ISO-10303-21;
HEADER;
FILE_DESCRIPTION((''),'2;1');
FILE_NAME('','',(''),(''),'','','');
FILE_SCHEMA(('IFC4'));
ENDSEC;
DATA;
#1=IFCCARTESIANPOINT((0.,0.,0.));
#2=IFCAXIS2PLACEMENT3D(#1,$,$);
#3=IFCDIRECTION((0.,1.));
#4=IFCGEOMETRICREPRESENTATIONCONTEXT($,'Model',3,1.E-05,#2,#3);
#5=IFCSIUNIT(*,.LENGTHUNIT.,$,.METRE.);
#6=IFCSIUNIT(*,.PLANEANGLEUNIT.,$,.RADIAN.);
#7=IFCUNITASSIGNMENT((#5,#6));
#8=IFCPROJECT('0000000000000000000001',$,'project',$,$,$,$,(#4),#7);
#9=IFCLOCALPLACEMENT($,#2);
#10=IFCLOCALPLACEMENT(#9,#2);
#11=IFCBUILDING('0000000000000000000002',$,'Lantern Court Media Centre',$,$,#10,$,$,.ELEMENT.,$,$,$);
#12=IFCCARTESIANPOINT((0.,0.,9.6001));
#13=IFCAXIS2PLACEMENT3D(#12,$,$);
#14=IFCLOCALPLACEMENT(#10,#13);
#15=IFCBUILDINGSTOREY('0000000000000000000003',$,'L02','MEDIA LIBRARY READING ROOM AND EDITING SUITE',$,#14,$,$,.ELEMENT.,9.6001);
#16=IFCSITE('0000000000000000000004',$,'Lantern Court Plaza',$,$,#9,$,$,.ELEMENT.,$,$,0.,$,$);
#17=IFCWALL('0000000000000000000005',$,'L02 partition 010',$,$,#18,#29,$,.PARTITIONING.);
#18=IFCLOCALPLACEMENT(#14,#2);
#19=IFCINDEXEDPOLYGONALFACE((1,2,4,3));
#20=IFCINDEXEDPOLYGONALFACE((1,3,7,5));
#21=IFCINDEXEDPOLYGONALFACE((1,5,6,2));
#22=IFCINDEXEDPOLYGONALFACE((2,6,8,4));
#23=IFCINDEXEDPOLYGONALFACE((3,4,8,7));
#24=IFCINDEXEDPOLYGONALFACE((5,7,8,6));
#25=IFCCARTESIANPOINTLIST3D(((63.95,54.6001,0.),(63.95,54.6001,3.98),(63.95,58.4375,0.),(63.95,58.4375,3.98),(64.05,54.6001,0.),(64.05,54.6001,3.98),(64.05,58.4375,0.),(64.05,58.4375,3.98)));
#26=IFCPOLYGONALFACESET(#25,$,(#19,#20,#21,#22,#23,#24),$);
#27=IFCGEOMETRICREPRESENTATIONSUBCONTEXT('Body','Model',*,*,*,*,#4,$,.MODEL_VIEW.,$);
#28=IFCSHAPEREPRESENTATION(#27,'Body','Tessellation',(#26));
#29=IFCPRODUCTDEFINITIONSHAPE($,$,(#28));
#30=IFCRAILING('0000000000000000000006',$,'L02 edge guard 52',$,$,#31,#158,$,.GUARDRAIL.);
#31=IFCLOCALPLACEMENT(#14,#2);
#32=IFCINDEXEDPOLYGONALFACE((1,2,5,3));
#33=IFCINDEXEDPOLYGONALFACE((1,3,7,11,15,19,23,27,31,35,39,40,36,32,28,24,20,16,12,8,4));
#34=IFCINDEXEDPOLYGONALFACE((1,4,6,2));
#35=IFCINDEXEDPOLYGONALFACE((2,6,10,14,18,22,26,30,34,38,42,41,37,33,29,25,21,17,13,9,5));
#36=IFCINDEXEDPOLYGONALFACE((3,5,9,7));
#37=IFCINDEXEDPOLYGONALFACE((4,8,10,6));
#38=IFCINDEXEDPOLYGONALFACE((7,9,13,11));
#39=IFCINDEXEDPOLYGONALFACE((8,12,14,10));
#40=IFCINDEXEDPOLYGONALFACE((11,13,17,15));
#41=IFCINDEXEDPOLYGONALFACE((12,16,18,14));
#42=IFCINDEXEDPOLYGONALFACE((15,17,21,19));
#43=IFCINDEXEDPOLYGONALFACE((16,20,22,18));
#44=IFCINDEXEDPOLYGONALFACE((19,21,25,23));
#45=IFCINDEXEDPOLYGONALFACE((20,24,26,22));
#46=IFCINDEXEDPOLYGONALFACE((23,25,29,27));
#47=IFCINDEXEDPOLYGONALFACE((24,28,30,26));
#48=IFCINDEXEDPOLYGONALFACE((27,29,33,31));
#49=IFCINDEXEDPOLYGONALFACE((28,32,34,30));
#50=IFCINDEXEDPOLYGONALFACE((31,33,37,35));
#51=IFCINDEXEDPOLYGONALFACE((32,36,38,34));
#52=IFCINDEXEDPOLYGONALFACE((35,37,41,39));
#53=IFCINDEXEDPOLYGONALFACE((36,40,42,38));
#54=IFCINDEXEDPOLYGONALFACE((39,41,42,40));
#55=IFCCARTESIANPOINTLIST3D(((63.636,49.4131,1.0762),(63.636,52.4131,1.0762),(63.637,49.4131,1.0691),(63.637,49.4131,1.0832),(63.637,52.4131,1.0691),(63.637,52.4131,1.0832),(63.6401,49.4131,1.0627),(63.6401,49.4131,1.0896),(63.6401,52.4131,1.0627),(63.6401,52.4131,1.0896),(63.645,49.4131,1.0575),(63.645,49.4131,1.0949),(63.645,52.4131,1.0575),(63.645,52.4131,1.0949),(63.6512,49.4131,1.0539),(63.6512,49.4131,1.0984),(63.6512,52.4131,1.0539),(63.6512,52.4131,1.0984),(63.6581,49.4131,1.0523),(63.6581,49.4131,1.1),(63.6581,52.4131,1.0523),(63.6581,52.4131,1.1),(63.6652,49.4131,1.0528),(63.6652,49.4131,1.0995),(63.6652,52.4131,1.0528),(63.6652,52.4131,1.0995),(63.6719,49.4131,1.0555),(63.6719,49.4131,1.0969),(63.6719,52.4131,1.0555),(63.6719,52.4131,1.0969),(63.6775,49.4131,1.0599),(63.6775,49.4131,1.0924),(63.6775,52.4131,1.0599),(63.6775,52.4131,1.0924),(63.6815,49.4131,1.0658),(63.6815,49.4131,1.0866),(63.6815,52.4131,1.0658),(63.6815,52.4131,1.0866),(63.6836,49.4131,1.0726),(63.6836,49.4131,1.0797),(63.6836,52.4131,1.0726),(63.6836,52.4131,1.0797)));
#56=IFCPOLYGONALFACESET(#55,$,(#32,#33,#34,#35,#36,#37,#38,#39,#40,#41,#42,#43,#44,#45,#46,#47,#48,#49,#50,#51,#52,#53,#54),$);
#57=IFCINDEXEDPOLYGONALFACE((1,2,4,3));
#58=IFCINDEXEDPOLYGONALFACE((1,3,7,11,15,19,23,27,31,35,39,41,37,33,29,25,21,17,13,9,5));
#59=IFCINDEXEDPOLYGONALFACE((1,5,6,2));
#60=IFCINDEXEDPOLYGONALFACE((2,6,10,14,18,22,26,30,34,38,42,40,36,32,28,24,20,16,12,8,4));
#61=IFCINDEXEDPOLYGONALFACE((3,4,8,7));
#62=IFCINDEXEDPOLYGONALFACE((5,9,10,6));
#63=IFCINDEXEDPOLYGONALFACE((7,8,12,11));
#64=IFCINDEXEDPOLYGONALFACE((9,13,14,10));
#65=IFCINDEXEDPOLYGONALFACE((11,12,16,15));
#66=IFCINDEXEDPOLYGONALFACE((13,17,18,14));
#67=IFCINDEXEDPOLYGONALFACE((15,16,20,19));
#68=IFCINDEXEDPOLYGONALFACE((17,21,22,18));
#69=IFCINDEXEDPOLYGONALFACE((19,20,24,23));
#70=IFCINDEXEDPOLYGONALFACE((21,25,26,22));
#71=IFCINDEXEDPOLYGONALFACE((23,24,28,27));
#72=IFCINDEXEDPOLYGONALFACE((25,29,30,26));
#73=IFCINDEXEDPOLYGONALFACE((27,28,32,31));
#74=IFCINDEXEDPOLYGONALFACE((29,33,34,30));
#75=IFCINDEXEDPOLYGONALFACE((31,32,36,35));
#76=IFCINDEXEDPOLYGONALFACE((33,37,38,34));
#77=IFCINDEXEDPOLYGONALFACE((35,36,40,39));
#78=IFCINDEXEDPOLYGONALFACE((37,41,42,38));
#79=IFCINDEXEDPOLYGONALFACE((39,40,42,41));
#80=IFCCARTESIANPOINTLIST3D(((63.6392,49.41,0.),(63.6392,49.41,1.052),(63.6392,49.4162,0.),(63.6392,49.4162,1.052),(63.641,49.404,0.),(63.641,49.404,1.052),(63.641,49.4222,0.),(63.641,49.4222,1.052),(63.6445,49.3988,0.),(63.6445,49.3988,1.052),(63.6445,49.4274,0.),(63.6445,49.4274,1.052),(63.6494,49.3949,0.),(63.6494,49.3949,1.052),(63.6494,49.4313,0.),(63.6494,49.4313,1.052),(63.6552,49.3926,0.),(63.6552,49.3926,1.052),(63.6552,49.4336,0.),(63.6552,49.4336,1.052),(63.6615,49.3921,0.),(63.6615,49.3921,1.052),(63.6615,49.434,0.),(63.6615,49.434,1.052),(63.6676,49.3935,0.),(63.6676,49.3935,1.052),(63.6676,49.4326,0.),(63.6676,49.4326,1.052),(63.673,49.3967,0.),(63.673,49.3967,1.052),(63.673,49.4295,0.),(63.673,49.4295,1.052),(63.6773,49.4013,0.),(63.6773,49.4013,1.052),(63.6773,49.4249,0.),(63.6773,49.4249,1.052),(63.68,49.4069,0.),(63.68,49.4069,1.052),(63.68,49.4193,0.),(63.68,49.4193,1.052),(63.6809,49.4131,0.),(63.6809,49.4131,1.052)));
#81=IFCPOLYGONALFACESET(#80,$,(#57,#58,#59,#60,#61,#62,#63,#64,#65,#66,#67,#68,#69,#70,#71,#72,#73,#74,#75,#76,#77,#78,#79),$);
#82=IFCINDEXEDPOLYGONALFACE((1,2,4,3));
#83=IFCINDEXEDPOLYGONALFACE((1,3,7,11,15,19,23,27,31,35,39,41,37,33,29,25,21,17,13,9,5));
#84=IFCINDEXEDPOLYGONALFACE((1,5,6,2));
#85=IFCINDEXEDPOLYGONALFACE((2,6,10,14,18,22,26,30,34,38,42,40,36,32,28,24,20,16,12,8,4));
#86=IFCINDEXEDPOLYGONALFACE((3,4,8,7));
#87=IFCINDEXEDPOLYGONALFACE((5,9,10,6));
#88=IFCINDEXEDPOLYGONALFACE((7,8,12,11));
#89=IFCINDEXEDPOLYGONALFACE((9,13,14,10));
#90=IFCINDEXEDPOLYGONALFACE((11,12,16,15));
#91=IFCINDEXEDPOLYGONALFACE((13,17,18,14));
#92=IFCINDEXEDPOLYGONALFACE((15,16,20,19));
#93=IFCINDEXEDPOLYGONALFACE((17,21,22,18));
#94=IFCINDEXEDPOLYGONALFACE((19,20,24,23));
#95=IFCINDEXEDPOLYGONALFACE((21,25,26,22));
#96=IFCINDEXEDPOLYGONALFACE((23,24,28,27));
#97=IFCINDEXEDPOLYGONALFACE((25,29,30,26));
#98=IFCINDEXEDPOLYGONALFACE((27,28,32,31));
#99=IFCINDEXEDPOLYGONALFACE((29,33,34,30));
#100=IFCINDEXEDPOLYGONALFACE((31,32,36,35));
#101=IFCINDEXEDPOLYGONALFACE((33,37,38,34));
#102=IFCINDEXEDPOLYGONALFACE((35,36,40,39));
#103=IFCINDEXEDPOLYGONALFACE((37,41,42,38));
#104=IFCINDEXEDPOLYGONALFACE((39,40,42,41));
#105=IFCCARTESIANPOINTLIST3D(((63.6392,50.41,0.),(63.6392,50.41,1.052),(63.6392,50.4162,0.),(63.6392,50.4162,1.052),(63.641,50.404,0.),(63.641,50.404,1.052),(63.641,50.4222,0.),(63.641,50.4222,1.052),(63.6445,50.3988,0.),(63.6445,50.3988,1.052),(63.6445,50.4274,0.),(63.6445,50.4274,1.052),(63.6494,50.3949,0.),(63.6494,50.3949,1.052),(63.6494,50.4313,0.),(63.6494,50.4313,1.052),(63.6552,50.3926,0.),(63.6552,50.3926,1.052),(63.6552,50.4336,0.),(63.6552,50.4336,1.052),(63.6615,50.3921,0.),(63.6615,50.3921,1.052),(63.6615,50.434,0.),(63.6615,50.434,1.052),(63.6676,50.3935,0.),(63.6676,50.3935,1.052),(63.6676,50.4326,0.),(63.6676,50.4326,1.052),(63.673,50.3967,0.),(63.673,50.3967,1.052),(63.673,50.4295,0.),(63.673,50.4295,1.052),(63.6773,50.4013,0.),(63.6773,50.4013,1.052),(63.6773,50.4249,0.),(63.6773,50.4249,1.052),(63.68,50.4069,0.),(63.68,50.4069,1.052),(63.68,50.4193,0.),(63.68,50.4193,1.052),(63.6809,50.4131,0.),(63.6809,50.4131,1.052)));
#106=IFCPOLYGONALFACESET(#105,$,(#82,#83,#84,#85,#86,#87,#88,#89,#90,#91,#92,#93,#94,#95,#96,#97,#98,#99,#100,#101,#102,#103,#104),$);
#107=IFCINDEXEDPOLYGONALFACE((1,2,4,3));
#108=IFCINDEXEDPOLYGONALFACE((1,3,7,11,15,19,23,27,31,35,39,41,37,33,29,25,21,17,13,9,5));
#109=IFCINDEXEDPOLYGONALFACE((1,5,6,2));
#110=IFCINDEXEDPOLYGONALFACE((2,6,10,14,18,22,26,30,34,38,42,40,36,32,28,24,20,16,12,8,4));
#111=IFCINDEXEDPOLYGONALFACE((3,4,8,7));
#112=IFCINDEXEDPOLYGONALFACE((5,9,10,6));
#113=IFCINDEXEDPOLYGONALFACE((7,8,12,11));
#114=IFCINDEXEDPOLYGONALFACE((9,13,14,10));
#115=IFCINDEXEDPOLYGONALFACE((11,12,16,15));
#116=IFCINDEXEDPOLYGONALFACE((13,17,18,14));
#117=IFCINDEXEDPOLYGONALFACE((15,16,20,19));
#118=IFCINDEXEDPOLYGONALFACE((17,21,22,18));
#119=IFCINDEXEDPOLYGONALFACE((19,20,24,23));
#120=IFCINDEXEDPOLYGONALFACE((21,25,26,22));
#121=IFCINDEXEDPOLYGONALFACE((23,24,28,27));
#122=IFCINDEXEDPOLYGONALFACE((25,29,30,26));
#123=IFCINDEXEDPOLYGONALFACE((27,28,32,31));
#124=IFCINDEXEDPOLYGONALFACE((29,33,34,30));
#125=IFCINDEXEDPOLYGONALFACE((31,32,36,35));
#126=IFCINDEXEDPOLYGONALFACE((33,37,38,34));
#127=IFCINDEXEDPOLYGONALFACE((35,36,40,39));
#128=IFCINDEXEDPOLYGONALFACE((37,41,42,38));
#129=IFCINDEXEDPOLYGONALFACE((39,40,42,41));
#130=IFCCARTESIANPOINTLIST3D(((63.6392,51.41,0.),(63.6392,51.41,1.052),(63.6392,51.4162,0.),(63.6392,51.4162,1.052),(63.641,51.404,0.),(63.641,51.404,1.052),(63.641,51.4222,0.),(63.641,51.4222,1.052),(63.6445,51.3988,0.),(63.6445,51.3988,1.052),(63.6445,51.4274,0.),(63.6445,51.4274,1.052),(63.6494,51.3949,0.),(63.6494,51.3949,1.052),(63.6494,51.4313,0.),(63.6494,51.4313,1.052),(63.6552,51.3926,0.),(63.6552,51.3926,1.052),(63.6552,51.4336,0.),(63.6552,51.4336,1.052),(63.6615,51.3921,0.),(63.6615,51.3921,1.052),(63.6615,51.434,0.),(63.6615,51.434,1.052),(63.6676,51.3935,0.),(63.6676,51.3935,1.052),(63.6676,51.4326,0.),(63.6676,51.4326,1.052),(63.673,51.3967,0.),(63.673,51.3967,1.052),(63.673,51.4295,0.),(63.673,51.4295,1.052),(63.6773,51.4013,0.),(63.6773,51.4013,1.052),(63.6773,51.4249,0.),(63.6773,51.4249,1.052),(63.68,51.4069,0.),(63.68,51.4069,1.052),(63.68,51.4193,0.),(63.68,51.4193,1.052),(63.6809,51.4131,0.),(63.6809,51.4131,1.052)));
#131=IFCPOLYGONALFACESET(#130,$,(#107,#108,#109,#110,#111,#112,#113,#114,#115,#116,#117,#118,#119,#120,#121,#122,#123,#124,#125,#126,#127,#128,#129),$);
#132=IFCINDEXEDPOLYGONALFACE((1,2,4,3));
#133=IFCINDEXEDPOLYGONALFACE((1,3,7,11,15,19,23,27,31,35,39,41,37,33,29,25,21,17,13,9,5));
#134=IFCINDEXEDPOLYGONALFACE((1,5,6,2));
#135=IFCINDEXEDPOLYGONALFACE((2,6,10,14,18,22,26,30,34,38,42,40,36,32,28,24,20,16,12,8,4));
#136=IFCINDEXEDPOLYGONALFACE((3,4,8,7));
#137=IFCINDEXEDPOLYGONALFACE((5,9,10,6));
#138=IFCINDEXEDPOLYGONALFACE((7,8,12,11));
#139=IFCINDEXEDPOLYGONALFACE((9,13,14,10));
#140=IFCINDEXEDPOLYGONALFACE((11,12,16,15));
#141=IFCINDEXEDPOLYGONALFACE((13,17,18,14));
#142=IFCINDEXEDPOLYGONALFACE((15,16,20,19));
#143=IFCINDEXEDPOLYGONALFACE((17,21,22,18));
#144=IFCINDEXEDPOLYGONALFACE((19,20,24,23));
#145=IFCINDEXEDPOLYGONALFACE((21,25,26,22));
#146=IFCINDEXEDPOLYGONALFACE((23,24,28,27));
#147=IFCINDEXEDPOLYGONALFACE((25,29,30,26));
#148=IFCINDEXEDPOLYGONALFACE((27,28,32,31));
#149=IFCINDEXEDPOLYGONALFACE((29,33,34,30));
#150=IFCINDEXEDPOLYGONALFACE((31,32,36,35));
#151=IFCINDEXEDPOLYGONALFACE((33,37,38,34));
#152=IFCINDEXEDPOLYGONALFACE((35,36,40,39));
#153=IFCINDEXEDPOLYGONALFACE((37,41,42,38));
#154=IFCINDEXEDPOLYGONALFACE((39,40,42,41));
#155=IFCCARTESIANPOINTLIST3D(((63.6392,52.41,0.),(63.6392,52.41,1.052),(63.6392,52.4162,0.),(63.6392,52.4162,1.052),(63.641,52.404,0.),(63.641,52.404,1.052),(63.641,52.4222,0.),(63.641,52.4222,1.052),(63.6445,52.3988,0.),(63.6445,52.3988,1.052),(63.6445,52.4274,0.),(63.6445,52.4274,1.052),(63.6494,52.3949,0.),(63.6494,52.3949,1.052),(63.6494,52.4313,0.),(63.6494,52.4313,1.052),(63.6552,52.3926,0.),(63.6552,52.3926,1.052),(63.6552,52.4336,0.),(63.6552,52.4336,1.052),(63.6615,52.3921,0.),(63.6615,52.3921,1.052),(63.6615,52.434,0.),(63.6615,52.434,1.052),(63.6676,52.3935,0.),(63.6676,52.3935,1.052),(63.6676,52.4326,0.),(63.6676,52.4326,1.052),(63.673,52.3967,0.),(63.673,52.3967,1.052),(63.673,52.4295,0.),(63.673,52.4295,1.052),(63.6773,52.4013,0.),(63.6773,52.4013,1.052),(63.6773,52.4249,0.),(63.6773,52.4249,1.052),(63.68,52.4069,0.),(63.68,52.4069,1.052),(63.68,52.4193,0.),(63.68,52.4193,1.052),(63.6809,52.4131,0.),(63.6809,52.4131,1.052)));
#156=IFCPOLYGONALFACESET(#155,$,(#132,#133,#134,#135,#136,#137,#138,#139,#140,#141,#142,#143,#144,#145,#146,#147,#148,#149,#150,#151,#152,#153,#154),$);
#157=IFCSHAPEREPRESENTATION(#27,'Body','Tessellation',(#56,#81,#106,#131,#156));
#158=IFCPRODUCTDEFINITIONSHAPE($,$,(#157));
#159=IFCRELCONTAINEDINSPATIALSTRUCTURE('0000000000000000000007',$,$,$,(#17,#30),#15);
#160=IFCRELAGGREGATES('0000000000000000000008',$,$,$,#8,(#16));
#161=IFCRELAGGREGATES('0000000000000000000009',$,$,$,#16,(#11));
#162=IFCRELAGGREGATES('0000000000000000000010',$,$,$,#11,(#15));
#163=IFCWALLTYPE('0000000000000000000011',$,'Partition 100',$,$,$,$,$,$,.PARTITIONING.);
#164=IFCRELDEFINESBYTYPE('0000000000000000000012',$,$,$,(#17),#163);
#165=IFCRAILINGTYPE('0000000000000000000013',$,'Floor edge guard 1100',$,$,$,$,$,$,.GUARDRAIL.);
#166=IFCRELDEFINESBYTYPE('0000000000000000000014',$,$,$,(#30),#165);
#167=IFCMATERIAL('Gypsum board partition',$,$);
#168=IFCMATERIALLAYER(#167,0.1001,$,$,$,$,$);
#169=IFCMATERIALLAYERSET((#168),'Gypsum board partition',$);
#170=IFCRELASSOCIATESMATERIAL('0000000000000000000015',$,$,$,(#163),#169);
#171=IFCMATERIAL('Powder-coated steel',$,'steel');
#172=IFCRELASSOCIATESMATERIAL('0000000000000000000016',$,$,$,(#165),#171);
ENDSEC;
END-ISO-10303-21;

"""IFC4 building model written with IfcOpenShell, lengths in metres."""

from ifc_helpers import new_model, si_unit, direction, frame, frame_2d, origin, origin_2d, place, context, subcontext, project, spatial, rectangle, circle, extrude, material, layer, layer_set, type_object, element, save


model = new_model("IFC4")

# Units and contexts
model_context = context("Model", 3, precision=1e-05, world=origin(), true_north=direction((0.0, 1.0)))
body_context = subcontext(model_context, "Body", "Model", "MODEL_VIEW")
ifc_project = project(units=[si_unit("LENGTHUNIT", "METRE"), si_unit("PLANEANGLEUNIT", "RADIAN")], contexts=[model_context])

# Site, building, storey
site_placement = place(None, origin())
site = spatial("IfcSite", under=ifc_project, at=site_placement, Name="Lantern Court Plaza", CompositionType="ELEMENT", RefElevation=0.0)
building_placement = place(site_placement, origin())
building = spatial("IfcBuilding", under=site, at=building_placement, Name="Lantern Court Media Centre", CompositionType="ELEMENT")
storey_placement = place(building_placement, frame((0.0, 0.0, 9.6001)))
storey = spatial("IfcBuildingStorey", under=building, at=storey_placement, Name="L02", Description="MEDIA LIBRARY READING ROOM AND EDITING SUITE", CompositionType="ELEMENT", Elevation=9.6001)

# Wall
ifc_material_1 = material(Name="Gypsum board partition")
ifc_layer_1 = layer(ifc_material_1, 0.1001)
ifc_layer_set_1 = layer_set([ifc_layer_1], Name="Gypsum board partition")
wall_type = type_object("IfcWallType", Name="Partition 100", PredefinedType="PARTITIONING", material=ifc_layer_set_1)
wall_placement = place(storey_placement, frame((64.0, 54.6001, 0.0), z_axis=(0.0, 0.0, 1.0), x_axis=(0.0, 1.0, 0.0)))
element("IfcWall", 1, at=wall_placement, inside=storey, type_object=wall_type, Name="L02 partition 010", PredefinedType="PARTITIONING", context=body_context, shape_type="SweptSolid", body=[
    extrude(rectangle(XDim=3.8374, YDim=0.1001, at=frame_2d((1.9187, 0.0))), origin(), (0.0, 0.0, 1.0), 3.98),
])

# Railing
ifc_material_2 = material(Name="Powder-coated steel", Category="steel")
railing_type = type_object("IfcRailingType", Name="Floor edge guard 1100", PredefinedType="GUARDRAIL", material=ifc_material_2)
railing_1_placement = place(storey_placement, frame((63.6599, 49.4131, 0.0)))
element("IfcRailing", 2, at=railing_1_placement, inside=storey, type_object=railing_type, Name="L02 edge guard 52", PredefinedType="GUARDRAIL", context=body_context, shape_type="SweptSolid", body=[
    extrude(circle(Radius=0.0239, at=origin_2d()), frame((0.0, 0.0, 1.0762), z_axis=(0.0, 1.0, 0.0), x_axis=(-1.0, 0.0, 0.0)), (0.0, 0.0, 1.0), 3.0),
    extrude(circle(Radius=0.021, at=origin_2d()), origin(), (0.0, 0.0, 1.0), 1.052),
    extrude(circle(Radius=0.021, at=origin_2d()), frame((0.0, 1.0, 0.0)), (0.0, 0.0, 1.0), 1.052),
    extrude(circle(Radius=0.021, at=origin_2d()), frame((0.0, 2.0, 0.0)), (0.0, 0.0, 1.0), 1.052),
    extrude(circle(Radius=0.021, at=origin_2d()), frame((0.0, 3.0, 0.0)), (0.0, 0.0, 1.0), 1.052),
])

save(model, "model.ifc")
